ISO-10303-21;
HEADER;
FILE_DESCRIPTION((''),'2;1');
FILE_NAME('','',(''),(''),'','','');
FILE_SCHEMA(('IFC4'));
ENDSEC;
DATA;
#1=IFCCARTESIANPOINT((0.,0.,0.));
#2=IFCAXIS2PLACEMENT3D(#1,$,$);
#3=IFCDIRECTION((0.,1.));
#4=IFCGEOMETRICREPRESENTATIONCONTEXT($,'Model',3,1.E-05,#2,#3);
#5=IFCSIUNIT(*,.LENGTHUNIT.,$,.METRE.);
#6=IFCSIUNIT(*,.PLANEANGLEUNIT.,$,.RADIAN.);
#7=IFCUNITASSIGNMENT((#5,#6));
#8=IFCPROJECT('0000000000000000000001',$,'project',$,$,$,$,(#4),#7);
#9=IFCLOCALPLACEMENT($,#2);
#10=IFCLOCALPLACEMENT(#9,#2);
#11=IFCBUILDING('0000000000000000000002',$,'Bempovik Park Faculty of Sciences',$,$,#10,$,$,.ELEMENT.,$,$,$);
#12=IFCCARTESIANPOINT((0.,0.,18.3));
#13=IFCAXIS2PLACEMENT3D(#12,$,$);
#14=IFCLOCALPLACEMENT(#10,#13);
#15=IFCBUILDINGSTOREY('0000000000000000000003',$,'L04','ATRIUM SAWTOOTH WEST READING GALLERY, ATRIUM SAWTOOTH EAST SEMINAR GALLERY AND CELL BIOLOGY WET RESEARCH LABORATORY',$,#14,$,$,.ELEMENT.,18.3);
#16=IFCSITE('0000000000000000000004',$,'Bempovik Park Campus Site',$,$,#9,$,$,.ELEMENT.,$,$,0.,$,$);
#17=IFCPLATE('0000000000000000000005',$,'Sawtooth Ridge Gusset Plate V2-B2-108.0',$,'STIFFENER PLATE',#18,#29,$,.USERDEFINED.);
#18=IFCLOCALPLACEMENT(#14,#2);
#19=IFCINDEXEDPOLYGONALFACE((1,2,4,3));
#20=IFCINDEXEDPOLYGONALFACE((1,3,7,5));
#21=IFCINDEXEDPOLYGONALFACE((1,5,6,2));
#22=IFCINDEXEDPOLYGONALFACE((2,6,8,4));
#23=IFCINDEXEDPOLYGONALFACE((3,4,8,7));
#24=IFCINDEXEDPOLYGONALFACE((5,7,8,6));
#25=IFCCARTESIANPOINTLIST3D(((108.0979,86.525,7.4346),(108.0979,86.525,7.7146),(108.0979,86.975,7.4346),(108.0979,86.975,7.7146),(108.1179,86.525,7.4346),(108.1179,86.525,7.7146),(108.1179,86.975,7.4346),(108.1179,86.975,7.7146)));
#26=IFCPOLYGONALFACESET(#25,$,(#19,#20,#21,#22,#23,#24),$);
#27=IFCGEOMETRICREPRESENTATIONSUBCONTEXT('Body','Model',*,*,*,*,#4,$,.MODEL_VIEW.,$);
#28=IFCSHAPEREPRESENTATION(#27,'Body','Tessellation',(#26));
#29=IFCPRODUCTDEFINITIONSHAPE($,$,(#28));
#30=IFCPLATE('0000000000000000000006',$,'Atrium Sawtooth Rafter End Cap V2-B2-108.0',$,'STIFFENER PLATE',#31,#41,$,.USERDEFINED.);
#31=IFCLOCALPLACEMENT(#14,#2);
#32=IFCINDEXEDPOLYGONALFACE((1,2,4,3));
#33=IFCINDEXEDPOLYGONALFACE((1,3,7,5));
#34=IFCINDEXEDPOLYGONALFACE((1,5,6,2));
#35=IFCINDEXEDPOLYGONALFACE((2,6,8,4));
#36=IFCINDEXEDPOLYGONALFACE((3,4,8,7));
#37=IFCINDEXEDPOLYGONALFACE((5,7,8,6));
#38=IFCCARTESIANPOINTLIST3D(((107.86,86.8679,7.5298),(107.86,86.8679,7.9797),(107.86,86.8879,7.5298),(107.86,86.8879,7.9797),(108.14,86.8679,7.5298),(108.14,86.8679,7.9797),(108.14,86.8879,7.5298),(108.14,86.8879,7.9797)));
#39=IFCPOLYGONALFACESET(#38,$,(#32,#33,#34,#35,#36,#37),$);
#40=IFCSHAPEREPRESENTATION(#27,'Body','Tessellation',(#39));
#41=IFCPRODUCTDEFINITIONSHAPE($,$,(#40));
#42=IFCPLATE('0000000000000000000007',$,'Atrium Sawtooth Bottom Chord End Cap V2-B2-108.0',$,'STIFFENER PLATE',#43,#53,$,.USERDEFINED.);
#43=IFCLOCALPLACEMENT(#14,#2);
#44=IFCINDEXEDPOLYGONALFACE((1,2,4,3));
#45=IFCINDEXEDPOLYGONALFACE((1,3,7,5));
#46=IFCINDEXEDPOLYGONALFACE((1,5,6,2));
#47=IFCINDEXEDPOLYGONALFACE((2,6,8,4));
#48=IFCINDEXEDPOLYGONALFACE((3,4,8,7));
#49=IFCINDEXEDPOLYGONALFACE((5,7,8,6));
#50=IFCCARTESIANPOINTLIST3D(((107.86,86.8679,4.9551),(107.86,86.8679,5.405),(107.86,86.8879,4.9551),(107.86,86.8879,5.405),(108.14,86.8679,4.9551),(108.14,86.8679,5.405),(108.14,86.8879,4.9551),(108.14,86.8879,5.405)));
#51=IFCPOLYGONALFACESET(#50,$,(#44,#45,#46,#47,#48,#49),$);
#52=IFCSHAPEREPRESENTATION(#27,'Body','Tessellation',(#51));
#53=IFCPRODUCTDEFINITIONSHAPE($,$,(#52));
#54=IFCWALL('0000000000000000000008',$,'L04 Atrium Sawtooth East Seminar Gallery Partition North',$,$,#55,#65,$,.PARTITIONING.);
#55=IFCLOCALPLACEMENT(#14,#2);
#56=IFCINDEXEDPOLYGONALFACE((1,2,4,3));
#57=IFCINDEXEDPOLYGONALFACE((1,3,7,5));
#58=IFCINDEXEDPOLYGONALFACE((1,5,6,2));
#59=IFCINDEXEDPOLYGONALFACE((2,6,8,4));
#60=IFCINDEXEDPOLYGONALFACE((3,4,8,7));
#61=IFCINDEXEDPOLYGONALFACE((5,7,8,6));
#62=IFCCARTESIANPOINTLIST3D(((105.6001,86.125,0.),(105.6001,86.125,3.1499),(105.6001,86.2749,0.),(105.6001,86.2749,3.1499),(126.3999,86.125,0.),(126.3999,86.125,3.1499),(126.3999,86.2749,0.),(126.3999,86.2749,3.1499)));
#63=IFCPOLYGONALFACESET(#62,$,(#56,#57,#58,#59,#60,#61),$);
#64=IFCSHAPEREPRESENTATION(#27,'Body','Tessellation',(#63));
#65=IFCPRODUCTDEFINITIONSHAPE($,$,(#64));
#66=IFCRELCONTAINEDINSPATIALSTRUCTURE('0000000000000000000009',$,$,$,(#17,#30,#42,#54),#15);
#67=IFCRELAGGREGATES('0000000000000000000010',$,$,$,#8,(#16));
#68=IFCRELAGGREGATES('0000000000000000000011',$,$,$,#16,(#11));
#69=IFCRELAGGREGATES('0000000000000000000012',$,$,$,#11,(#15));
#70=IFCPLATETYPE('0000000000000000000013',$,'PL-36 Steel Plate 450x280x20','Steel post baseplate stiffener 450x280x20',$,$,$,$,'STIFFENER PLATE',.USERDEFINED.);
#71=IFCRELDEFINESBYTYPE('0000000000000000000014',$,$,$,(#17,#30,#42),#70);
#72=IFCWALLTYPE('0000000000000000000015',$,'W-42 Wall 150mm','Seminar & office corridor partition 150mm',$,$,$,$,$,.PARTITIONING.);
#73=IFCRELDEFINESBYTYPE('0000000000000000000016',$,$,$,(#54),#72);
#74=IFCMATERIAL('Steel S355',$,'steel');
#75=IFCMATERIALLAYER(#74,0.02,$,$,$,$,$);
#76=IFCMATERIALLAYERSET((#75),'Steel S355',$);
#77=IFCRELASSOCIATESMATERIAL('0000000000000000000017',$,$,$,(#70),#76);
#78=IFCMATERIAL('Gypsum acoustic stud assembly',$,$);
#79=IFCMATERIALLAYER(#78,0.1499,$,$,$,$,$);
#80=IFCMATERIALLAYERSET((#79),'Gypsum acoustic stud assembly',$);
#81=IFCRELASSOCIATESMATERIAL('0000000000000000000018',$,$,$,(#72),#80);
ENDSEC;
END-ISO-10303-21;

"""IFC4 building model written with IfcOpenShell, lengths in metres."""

from ifc_helpers import new_model, si_unit, direction, frame, frame_2d, origin, origin_2d, place, context, subcontext, project, spatial, rectangle, extrude, material, layer, layer_set, type_object, element, save


model = new_model("IFC4")

# Units and contexts
model_context = context("Model", 3, precision=1e-05, world=origin(), true_north=direction((0.0, 1.0)))
body_context = subcontext(model_context, "Body", "Model", "MODEL_VIEW")
ifc_project = project(units=[si_unit("LENGTHUNIT", "METRE"), si_unit("PLANEANGLEUNIT", "RADIAN")], contexts=[model_context])

# Site, building, storey
site_placement = place(None, origin())
site = spatial("IfcSite", under=ifc_project, at=site_placement, Name="Bempovik Park Campus Site", CompositionType="ELEMENT", RefElevation=0.0)
building_placement = place(site_placement, origin())
building = spatial("IfcBuilding", under=site, at=building_placement, Name="Bempovik Park Faculty of Sciences", CompositionType="ELEMENT")
storey_placement = place(building_placement, frame((0.0, 0.0, 18.3)))
storey = spatial("IfcBuildingStorey", under=building, at=storey_placement, Name="L04", Description="ATRIUM SAWTOOTH WEST READING GALLERY, ATRIUM SAWTOOTH EAST SEMINAR GALLERY AND CELL BIOLOGY WET RESEARCH LABORATORY", CompositionType="ELEMENT", Elevation=18.3)

# Shared definitions
ifc_material_1 = material(Name="Steel S355", Category="steel")

# Plates
ifc_layer_1 = layer(ifc_material_1, 0.02)
ifc_layer_set_1 = layer_set([ifc_layer_1], Name="Steel S355")
plate_type_1 = type_object("IfcPlateType", Name="PL-36 Steel Plate 450x280x20", Description="Steel post baseplate stiffener 450x280x20", ElementType="STIFFENER PLATE", PredefinedType="USERDEFINED", material=ifc_layer_set_1)
plate_1_placement = place(storey_placement, frame((108.1079, 86.75, 7.4346), z_axis=(0.0, 0.0, 1.0), x_axis=(1.0, 0.0, 0.0)))
element("IfcPlate", 1, at=plate_1_placement, inside=storey, type_object=plate_type_1, Name="Sawtooth Ridge Gusset Plate V2-B2-108.0", ObjectType="STIFFENER PLATE", PredefinedType="USERDEFINED", context=body_context, shape_type="SweptSolid", body=[
    extrude(rectangle(XDim=0.02, YDim=0.45, at=origin_2d()), origin(), (0.0, 0.0, 1.0), 0.28),
])
for number, where, z_axis, x_axis, name in (
    (2, (108.0, 86.8779, 7.5298), (0.0, 0.0, 1.0), (1.0, 0.0, 0.0), "Atrium Sawtooth Rafter End Cap V2-B2-108.0"),
    (3, (108.0, 86.8779, 4.9551), (0.0, 0.0, 1.0), (1.0, 0.0, 0.0), "Atrium Sawtooth Bottom Chord End Cap V2-B2-108.0"),
):
    element("IfcPlate", number, at=place(storey_placement, frame(where, z_axis=z_axis, x_axis=x_axis)), inside=storey, type_object=plate_type_1, Name=name, ObjectType="STIFFENER PLATE", PredefinedType="USERDEFINED", context=body_context, shape_type="SweptSolid", body=[
        extrude(rectangle(XDim=0.28, YDim=0.02, at=origin_2d()), origin(), (0.0, 0.0, 1.0), 0.45),
    ])

# Wall
ifc_material_2 = material(Name="Gypsum acoustic stud assembly")
ifc_layer_2 = layer(ifc_material_2, 0.1499)
ifc_layer_set_2 = layer_set([ifc_layer_2], Name="Gypsum acoustic stud assembly")
wall_type = type_object("IfcWallType", Name="W-42 Wall 150mm", Description="Seminar & office corridor partition 150mm", PredefinedType="PARTITIONING", material=ifc_layer_set_2)
wall_placement = place(storey_placement, frame((105.6001, 86.2, 0.0), z_axis=(0.0, 0.0, 1.0), x_axis=(1.0, 0.0, 0.0)))
element("IfcWall", 4, at=wall_placement, inside=storey, type_object=wall_type, Name="L04 Atrium Sawtooth East Seminar Gallery Partition North", PredefinedType="PARTITIONING", context=body_context, shape_type="SweptSolid", body=[
    extrude(rectangle(XDim=20.7998, YDim=0.1499, at=frame_2d((10.3999, 0.0))), origin(), (0.0, 0.0, 1.0), 3.1499),
])

save(model, "model.ifc")
